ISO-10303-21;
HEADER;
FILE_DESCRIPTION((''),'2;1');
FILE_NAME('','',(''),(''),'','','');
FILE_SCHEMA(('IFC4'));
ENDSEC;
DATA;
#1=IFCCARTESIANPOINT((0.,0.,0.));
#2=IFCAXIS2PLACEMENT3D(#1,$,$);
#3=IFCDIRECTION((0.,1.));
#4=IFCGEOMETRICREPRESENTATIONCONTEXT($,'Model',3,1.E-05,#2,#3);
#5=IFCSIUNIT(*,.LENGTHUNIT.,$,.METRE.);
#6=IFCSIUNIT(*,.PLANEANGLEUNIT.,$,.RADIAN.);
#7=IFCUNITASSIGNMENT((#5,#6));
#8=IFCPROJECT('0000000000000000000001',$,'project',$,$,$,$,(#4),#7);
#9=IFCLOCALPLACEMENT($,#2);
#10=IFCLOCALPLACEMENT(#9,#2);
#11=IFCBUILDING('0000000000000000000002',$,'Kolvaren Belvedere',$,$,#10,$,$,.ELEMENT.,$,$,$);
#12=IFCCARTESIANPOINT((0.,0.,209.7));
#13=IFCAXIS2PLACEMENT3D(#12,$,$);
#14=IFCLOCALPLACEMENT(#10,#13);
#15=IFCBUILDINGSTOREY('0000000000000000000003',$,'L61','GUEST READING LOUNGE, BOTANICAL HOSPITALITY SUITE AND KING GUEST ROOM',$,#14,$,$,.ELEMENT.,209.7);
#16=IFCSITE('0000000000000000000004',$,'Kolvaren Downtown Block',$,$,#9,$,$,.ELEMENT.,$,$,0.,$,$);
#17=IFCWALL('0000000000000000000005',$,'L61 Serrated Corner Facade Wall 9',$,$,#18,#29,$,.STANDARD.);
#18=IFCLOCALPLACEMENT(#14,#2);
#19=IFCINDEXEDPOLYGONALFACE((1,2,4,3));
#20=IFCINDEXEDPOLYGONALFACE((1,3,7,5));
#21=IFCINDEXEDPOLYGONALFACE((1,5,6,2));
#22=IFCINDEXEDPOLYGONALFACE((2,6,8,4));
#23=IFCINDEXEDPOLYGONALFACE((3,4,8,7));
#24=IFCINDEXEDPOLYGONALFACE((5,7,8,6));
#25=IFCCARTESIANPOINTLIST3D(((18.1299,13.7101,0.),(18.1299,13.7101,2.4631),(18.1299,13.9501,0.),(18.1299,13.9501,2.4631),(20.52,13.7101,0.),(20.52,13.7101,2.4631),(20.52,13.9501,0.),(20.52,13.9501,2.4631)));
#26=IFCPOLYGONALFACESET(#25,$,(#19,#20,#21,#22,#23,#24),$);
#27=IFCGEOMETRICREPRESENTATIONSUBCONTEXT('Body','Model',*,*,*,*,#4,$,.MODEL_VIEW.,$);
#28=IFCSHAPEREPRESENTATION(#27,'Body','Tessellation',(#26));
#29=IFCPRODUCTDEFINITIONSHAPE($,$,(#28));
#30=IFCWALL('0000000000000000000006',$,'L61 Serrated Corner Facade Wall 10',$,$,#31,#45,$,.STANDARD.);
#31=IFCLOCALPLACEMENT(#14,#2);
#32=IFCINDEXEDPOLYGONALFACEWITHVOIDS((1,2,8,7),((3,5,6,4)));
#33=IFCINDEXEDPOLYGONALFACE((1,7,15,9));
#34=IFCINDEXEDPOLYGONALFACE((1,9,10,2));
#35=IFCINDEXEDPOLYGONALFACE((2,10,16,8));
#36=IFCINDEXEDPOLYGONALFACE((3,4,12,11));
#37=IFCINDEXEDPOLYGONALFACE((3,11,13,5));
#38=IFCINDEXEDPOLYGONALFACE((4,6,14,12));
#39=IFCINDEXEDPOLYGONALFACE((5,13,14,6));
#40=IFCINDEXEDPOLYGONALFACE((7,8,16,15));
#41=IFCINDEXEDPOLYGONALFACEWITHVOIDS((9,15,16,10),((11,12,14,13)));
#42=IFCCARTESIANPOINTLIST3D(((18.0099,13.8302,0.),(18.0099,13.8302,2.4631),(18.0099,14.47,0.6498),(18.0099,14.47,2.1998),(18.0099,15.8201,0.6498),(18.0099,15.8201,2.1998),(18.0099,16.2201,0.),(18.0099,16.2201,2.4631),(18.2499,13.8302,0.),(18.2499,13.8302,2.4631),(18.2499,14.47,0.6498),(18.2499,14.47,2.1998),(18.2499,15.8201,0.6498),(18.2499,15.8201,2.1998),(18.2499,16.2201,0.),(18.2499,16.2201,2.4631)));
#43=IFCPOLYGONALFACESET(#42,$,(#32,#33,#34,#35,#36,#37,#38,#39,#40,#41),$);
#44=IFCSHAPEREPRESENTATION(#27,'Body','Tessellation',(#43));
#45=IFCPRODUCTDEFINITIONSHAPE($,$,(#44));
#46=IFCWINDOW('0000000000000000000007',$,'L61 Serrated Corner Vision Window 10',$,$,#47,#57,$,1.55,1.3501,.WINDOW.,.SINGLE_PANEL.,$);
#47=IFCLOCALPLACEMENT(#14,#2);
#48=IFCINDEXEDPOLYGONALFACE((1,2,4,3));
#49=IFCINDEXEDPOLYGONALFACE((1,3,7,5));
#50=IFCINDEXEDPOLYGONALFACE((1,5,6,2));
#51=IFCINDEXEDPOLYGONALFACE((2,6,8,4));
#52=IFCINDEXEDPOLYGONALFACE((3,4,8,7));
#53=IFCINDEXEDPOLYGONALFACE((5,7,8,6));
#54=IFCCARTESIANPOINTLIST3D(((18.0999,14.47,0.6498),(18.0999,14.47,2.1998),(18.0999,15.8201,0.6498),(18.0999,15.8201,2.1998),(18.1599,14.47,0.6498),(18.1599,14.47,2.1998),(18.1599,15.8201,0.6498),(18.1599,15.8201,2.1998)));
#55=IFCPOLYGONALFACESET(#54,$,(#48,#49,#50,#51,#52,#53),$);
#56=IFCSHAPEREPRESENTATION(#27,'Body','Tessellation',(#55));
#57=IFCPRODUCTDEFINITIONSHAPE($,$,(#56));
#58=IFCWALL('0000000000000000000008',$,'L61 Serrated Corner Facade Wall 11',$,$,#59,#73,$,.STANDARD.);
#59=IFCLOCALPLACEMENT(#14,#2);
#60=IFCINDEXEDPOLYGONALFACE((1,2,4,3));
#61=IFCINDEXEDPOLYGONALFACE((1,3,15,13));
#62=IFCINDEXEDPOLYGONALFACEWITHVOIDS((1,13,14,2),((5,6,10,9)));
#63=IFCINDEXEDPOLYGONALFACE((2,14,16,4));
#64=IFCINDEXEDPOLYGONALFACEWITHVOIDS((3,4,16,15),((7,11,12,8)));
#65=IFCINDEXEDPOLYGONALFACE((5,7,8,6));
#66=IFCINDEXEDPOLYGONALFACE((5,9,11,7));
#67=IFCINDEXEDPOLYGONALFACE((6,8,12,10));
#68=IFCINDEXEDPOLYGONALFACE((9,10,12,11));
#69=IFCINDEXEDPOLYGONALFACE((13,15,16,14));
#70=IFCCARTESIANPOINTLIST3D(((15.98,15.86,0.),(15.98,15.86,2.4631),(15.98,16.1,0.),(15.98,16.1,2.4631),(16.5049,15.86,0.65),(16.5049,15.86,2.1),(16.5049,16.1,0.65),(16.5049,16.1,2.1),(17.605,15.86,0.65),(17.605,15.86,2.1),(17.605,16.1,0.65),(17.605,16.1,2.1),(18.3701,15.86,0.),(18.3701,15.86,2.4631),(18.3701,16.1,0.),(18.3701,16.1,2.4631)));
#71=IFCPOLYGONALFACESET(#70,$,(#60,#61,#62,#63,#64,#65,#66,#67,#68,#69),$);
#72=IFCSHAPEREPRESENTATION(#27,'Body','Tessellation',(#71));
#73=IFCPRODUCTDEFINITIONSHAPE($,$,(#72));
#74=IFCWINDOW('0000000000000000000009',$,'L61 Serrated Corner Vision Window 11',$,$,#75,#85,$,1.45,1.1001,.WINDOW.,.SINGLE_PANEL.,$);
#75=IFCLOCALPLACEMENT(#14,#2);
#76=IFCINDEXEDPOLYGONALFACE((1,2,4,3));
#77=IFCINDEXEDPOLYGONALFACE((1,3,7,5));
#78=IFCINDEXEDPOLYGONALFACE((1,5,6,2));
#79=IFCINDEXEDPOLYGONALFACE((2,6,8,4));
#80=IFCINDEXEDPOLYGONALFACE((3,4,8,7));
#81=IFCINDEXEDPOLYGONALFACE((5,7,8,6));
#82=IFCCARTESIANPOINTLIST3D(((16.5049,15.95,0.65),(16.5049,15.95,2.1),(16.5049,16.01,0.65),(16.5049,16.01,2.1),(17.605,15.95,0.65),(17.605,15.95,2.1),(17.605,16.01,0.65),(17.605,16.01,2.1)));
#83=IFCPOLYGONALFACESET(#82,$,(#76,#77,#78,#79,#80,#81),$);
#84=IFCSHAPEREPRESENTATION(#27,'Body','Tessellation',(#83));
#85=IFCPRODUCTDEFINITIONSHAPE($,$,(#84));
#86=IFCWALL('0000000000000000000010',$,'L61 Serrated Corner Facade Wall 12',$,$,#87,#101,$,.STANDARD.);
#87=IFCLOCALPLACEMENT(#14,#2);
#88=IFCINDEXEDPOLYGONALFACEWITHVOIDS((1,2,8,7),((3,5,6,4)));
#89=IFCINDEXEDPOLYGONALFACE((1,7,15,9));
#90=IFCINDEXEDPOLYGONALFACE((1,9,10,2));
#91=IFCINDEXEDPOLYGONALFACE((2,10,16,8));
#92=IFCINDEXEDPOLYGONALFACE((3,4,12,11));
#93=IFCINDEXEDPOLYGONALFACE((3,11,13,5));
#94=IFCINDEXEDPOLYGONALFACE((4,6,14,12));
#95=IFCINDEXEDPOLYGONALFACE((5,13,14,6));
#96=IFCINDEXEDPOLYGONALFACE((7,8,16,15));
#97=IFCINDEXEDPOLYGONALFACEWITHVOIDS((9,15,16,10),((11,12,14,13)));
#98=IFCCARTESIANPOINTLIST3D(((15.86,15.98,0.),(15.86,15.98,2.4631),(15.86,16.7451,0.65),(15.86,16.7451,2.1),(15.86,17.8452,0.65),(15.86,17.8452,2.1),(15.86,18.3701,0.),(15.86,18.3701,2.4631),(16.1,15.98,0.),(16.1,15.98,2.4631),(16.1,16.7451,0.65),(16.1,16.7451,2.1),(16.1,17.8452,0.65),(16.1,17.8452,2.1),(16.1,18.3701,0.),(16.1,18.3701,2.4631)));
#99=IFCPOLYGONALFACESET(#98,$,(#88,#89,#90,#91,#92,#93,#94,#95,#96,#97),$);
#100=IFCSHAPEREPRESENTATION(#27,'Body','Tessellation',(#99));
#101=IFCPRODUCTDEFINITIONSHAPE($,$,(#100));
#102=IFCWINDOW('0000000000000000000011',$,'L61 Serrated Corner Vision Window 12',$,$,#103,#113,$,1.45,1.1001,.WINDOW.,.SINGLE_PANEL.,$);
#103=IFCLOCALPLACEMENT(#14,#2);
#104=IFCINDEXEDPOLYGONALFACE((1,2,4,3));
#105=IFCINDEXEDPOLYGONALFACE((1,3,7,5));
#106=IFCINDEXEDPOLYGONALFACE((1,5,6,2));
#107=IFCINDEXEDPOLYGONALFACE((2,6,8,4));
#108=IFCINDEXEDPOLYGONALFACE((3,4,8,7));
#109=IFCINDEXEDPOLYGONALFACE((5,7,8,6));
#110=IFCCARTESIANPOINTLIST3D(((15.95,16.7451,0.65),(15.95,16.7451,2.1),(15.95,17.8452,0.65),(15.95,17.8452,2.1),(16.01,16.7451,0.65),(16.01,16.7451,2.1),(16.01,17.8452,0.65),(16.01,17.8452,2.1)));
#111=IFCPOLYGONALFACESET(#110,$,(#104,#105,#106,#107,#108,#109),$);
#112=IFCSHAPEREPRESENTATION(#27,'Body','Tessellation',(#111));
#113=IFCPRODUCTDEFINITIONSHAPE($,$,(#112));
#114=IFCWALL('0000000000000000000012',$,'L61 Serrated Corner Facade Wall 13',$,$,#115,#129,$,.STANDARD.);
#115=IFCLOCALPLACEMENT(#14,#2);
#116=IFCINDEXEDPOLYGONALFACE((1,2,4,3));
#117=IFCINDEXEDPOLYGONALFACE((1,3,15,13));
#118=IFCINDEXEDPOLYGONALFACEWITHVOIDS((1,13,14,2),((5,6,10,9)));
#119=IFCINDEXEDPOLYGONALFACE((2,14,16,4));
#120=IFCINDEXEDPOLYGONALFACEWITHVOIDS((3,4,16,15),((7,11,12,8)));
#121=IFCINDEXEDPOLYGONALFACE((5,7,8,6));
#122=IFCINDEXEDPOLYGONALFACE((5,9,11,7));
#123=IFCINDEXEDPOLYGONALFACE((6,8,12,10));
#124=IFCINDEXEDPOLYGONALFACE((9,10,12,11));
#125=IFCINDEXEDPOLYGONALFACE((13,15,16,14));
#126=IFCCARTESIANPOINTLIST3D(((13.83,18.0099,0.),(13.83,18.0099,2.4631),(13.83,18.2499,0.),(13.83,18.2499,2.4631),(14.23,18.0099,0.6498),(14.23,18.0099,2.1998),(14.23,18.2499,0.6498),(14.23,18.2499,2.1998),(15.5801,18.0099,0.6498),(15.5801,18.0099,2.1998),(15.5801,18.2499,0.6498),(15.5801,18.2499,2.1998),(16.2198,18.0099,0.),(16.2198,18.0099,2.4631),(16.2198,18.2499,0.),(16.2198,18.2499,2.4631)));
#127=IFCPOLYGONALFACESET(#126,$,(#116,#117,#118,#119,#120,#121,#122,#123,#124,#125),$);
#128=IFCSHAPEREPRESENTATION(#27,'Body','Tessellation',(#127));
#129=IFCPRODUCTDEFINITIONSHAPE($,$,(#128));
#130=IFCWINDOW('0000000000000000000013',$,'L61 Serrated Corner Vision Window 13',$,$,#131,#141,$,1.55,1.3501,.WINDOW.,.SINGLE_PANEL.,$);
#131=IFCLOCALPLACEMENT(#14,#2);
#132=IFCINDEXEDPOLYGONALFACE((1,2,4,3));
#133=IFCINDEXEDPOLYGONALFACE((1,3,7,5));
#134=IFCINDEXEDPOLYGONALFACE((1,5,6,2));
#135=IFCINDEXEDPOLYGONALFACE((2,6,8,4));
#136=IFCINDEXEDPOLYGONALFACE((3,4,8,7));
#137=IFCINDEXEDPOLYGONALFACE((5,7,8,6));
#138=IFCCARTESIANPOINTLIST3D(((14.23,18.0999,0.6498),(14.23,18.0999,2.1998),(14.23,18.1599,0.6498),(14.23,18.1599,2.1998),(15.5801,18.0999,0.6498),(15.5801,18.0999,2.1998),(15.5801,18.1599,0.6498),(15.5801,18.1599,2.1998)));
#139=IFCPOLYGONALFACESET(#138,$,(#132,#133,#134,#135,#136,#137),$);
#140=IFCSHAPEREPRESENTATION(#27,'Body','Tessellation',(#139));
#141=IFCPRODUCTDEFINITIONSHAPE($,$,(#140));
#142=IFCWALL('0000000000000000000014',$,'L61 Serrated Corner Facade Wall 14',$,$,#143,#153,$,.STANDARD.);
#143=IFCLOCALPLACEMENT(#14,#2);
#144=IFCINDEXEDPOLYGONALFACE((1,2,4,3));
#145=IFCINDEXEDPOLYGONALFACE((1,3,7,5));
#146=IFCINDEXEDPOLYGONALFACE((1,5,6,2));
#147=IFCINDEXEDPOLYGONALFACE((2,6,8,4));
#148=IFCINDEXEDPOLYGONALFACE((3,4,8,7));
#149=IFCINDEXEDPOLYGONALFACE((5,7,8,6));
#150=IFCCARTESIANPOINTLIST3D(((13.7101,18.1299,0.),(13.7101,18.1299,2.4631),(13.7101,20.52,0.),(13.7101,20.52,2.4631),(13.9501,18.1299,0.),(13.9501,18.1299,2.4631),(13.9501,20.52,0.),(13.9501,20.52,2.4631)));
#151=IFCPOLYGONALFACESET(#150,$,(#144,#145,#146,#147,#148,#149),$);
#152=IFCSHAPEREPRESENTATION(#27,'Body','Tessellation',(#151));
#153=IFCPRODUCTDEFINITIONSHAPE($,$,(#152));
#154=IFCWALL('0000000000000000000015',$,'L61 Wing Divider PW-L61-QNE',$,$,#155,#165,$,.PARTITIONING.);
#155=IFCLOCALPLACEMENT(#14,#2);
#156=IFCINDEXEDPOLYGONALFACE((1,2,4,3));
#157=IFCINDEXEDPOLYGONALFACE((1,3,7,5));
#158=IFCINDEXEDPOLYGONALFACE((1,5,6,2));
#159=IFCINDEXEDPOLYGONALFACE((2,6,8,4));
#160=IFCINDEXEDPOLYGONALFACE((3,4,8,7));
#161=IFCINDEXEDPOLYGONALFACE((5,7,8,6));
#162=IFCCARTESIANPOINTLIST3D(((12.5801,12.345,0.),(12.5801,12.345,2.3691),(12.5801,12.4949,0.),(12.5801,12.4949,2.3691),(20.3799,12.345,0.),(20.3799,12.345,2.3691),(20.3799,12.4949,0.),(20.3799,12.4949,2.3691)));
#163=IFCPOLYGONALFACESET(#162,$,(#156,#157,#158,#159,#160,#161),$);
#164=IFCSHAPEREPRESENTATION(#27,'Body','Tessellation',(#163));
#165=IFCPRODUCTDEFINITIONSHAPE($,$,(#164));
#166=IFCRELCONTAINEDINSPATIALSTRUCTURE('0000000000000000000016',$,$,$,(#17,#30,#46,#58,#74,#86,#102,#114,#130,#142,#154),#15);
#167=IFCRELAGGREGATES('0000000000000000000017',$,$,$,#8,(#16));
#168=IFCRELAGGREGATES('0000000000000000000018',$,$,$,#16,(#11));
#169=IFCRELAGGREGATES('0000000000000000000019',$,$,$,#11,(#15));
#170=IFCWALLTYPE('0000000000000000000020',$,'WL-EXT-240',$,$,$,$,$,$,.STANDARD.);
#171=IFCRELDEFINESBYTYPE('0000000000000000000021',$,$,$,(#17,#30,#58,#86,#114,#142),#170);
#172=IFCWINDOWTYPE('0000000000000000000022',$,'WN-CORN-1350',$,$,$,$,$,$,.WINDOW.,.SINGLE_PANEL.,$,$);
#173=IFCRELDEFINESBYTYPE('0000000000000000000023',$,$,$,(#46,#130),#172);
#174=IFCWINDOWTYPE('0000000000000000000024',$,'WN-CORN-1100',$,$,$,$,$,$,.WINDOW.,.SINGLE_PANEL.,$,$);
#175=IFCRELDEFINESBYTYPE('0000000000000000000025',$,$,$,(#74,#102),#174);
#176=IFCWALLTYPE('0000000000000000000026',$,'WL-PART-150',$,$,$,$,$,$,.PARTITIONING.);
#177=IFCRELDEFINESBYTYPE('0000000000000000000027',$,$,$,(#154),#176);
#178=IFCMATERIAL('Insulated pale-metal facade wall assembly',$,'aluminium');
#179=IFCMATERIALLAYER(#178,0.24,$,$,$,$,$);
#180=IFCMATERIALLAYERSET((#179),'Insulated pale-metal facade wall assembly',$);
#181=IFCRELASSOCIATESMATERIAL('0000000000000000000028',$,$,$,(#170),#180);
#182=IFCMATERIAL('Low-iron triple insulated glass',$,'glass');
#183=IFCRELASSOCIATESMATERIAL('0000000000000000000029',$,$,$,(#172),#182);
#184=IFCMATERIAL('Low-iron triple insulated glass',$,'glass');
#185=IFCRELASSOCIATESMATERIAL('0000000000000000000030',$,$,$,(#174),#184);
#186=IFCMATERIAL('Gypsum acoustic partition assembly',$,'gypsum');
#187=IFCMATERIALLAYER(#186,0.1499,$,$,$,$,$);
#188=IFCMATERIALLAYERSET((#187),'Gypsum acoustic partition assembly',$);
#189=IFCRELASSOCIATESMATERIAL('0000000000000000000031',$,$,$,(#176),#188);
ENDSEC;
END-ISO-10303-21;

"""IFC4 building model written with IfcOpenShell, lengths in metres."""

from ifc_helpers import new_model, si_unit, direction, frame, frame_2d, origin, place, context, subcontext, project, spatial, rectangle, extrude, material, layer, layer_set, type_object, element, fill, save


model = new_model("IFC4")

# Units and contexts
model_context = context("Model", 3, precision=1e-05, world=origin(), true_north=direction((0.0, 1.0)))
body_context = subcontext(model_context, "Body", "Model", "MODEL_VIEW")
ifc_project = project(units=[si_unit("LENGTHUNIT", "METRE"), si_unit("PLANEANGLEUNIT", "RADIAN")], contexts=[model_context])

# Site, building, storey
site_placement = place(None, origin())
site = spatial("IfcSite", under=ifc_project, at=site_placement, Name="Kolvaren Downtown Block", CompositionType="ELEMENT", RefElevation=0.0)
building_placement = place(site_placement, origin())
building = spatial("IfcBuilding", under=site, at=building_placement, Name="Kolvaren Belvedere", CompositionType="ELEMENT")
storey_placement = place(building_placement, frame((0.0, 0.0, 209.7)))
storey = spatial("IfcBuildingStorey", under=building, at=storey_placement, Name="L61", Description="GUEST READING LOUNGE, BOTANICAL HOSPITALITY SUITE AND KING GUEST ROOM", CompositionType="ELEMENT", Elevation=209.7)

# Wall
ifc_material_1 = material(Name="Insulated pale-metal facade wall assembly", Category="aluminium")
ifc_layer_1 = layer(ifc_material_1, 0.24)
ifc_layer_set_1 = layer_set([ifc_layer_1], Name="Insulated pale-metal facade wall assembly")
wall_type_1 = type_object("IfcWallType", Name="WL-EXT-240", PredefinedType="STANDARD", material=ifc_layer_set_1)
wall_1_placement = place(storey_placement, frame((18.1299, 13.8301, 0.0), z_axis=(0.0, 0.0, 1.0), x_axis=(1.0, 0.0, 0.0)))
element("IfcWall", 1, at=wall_1_placement, inside=storey, type_object=wall_type_1, Name="L61 Serrated Corner Facade Wall 9", PredefinedType="STANDARD", context=body_context, shape_type="SweptSolid", body=[
    extrude(rectangle(XDim=2.3901, YDim=0.24, at=frame_2d((1.1951, 0.0))), origin(), (0.0, 0.0, 1.0), 2.4631),
])

# Walls, openings, windows
wall_2_placement = place(storey_placement, frame((18.1299, 16.22, 0.0), z_axis=(0.0, 0.0, 1.0), x_axis=(0.0, -1.0, 0.0)))
wall_2 = element("IfcWall", 2, at=wall_2_placement, inside=storey, type_object=wall_type_1, Name="L61 Serrated Corner Facade Wall 10", PredefinedType="STANDARD", context=body_context, shape_type="SweptSolid", body=[
    extrude(rectangle(XDim=2.3899, YDim=0.24, at=frame_2d((1.1948, 0.0))), origin(), (0.0, 0.0, 1.0), 2.4631),
])
opening_1_placement = place(wall_2_placement, frame((0.3999, 0.0, 0.6499)))
opening_1 = element("IfcOpeningElement", 3, at=opening_1_placement, cuts=wall_2, PredefinedType="OPENING", context=body_context, shape_type="SweptSolid", body=[
    extrude(rectangle(XDim=1.3501, YDim=1.55, at=frame_2d((0.675, 0.7749))), frame((0.0, 0.1299, 0.0), z_axis=(0.0, -1.0, 0.0), x_axis=(1.0, 0.0, 0.0)), (0.0, 0.0, 1.0), 0.26),
])
ifc_material_2 = material(Name="Low-iron triple insulated glass", Category="glass")
window_type_1 = type_object("IfcWindowType", Name="WN-CORN-1350", PartitioningType="SINGLE_PANEL", PredefinedType="WINDOW", material=ifc_material_2)
window_1_placement = place(opening_1_placement, origin())
window_1 = element("IfcWindow", 4, at=window_1_placement, inside=storey, type_object=window_type_1, Name="L61 Serrated Corner Vision Window 10", OverallHeight=1.55, OverallWidth=1.3501, PartitioningType="SINGLE_PANEL", PredefinedType="WINDOW", context=body_context, shape_type="SweptSolid", body=[
    extrude(rectangle(XDim=1.3501, YDim=1.55, at=frame_2d((0.675, 0.7749))), frame((0.0, 0.03, 0.0), z_axis=(0.0, -1.0, 0.0), x_axis=(1.0, 0.0, 0.0)), (0.0, 0.0, 1.0), 0.0601),
])
fill(opening_1, window_1)
wall_3_placement = place(storey_placement, frame((15.98, 15.98, 0.0), z_axis=(0.0, 0.0, 1.0), x_axis=(1.0, 0.0, 0.0)))
wall_3 = element("IfcWall", 5, at=wall_3_placement, inside=storey, type_object=wall_type_1, Name="L61 Serrated Corner Facade Wall 11", PredefinedType="STANDARD", context=body_context, shape_type="SweptSolid", body=[
    extrude(rectangle(XDim=2.3901, YDim=0.24, at=frame_2d((1.1951, 0.0))), origin(), (0.0, 0.0, 1.0), 2.4631),
])
opening_2_placement = place(wall_3_placement, frame((0.5249, 0.0, 0.6499)))
opening_2 = element("IfcOpeningElement", 6, at=opening_2_placement, cuts=wall_3, PredefinedType="OPENING", context=body_context, shape_type="SweptSolid", body=[
    extrude(rectangle(XDim=1.1001, YDim=1.45, at=frame_2d((0.55, 0.7251))), frame((0.0, 0.1299, 0.0), z_axis=(0.0, -1.0, 0.0), x_axis=(1.0, 0.0, 0.0)), (0.0, 0.0, 1.0), 0.26),
])
ifc_material_3 = material(Name="Low-iron triple insulated glass", Category="glass")
window_type_2 = type_object("IfcWindowType", Name="WN-CORN-1100", PartitioningType="SINGLE_PANEL", PredefinedType="WINDOW", material=ifc_material_3)
window_2_placement = place(opening_2_placement, origin())
window_2 = element("IfcWindow", 7, at=window_2_placement, inside=storey, type_object=window_type_2, Name="L61 Serrated Corner Vision Window 11", OverallHeight=1.45, OverallWidth=1.1001, PartitioningType="SINGLE_PANEL", PredefinedType="WINDOW", context=body_context, shape_type="SweptSolid", body=[
    extrude(rectangle(XDim=1.1001, YDim=1.45, at=frame_2d((0.55, 0.7251))), frame((0.0, 0.03, 0.0), z_axis=(0.0, -1.0, 0.0), x_axis=(1.0, 0.0, 0.0)), (0.0, 0.0, 1.0), 0.0601),
])
fill(opening_2, window_2)
wall_4_placement = place(storey_placement, frame((15.98, 18.3701, 0.0), z_axis=(0.0, 0.0, 1.0), x_axis=(0.0, -1.0, 0.0)))
wall_4 = element("IfcWall", 8, at=wall_4_placement, inside=storey, type_object=wall_type_1, Name="L61 Serrated Corner Facade Wall 12", PredefinedType="STANDARD", context=body_context, shape_type="SweptSolid", body=[
    extrude(rectangle(XDim=2.3901, YDim=0.24, at=frame_2d((1.1951, 0.0))), origin(), (0.0, 0.0, 1.0), 2.4631),
])
opening_3_placement = place(wall_4_placement, frame((0.5249, 0.0, 0.6499)))
opening_3 = element("IfcOpeningElement", 9, at=opening_3_placement, cuts=wall_4, PredefinedType="OPENING", context=body_context, shape_type="SweptSolid", body=[
    extrude(rectangle(XDim=1.1001, YDim=1.45, at=frame_2d((0.55, 0.7251))), frame((0.0, 0.1299, 0.0), z_axis=(0.0, -1.0, 0.0), x_axis=(1.0, 0.0, 0.0)), (0.0, 0.0, 1.0), 0.26),
])
window_3_placement = place(opening_3_placement, origin())
window_3 = element("IfcWindow", 10, at=window_3_placement, inside=storey, type_object=window_type_2, Name="L61 Serrated Corner Vision Window 12", OverallHeight=1.45, OverallWidth=1.1001, PartitioningType="SINGLE_PANEL", PredefinedType="WINDOW", context=body_context, shape_type="SweptSolid", body=[
    extrude(rectangle(XDim=1.1001, YDim=1.45, at=frame_2d((0.55, 0.7251))), frame((0.0, 0.03, 0.0), z_axis=(0.0, -1.0, 0.0), x_axis=(1.0, 0.0, 0.0)), (0.0, 0.0, 1.0), 0.0601),
])
fill(opening_3, window_3)
wall_5_placement = place(storey_placement, frame((13.8301, 18.1299, 0.0), z_axis=(0.0, 0.0, 1.0), x_axis=(1.0, 0.0, 0.0)))
wall_5 = element("IfcWall", 11, at=wall_5_placement, inside=storey, type_object=wall_type_1, Name="L61 Serrated Corner Facade Wall 13", PredefinedType="STANDARD", context=body_context, shape_type="SweptSolid", body=[
    extrude(rectangle(XDim=2.3899, YDim=0.24, at=frame_2d((1.1948, 0.0))), origin(), (0.0, 0.0, 1.0), 2.4631),
])
opening_4_placement = place(wall_5_placement, frame((0.3999, 0.0, 0.6499)))
opening_4 = element("IfcOpeningElement", 12, at=opening_4_placement, cuts=wall_5, PredefinedType="OPENING", context=body_context, shape_type="SweptSolid", body=[
    extrude(rectangle(XDim=1.3501, YDim=1.55, at=frame_2d((0.675, 0.7749))), frame((0.0, 0.1299, 0.0), z_axis=(0.0, -1.0, 0.0), x_axis=(1.0, 0.0, 0.0)), (0.0, 0.0, 1.0), 0.26),
])
window_4_placement = place(opening_4_placement, origin())
window_4 = element("IfcWindow", 13, at=window_4_placement, inside=storey, type_object=window_type_1, Name="L61 Serrated Corner Vision Window 13", OverallHeight=1.55, OverallWidth=1.3501, PartitioningType="SINGLE_PANEL", PredefinedType="WINDOW", context=body_context, shape_type="SweptSolid", body=[
    extrude(rectangle(XDim=1.3501, YDim=1.55, at=frame_2d((0.675, 0.7749))), frame((0.0, 0.03, 0.0), z_axis=(0.0, -1.0, 0.0), x_axis=(1.0, 0.0, 0.0)), (0.0, 0.0, 1.0), 0.0601),
])
fill(opening_4, window_4)

# Walls
wall_6_placement = place(storey_placement, frame((13.8301, 20.52, 0.0), z_axis=(0.0, 0.0, 1.0), x_axis=(0.0, -1.0, 0.0)))
element("IfcWall", 14, at=wall_6_placement, inside=storey, type_object=wall_type_1, Name="L61 Serrated Corner Facade Wall 14", PredefinedType="STANDARD", context=body_context, shape_type="SweptSolid", body=[
    extrude(rectangle(XDim=2.3901, YDim=0.24, at=frame_2d((1.1951, 0.0))), origin(), (0.0, 0.0, 1.0), 2.4631),
])
ifc_material_4 = material(Name="Gypsum acoustic partition assembly", Category="gypsum")
ifc_layer_2 = layer(ifc_material_4, 0.1499)
ifc_layer_set_2 = layer_set([ifc_layer_2], Name="Gypsum acoustic partition assembly")
wall_type_2 = type_object("IfcWallType", Name="WL-PART-150", PredefinedType="PARTITIONING", material=ifc_layer_set_2)
wall_7_placement = place(storey_placement, frame((12.5801, 12.4199, 0.0), z_axis=(0.0, 0.0, 1.0), x_axis=(1.0, 0.0, 0.0)))
element("IfcWall", 15, at=wall_7_placement, inside=storey, type_object=wall_type_2, Name="L61 Wing Divider PW-L61-QNE", PredefinedType="PARTITIONING", context=body_context, shape_type="SweptSolid", body=[
    extrude(rectangle(XDim=7.7998, YDim=0.1499, at=frame_2d((3.8999, 0.0))), origin(), (0.0, 0.0, 1.0), 2.3691),
])

save(model, "model.ifc")
